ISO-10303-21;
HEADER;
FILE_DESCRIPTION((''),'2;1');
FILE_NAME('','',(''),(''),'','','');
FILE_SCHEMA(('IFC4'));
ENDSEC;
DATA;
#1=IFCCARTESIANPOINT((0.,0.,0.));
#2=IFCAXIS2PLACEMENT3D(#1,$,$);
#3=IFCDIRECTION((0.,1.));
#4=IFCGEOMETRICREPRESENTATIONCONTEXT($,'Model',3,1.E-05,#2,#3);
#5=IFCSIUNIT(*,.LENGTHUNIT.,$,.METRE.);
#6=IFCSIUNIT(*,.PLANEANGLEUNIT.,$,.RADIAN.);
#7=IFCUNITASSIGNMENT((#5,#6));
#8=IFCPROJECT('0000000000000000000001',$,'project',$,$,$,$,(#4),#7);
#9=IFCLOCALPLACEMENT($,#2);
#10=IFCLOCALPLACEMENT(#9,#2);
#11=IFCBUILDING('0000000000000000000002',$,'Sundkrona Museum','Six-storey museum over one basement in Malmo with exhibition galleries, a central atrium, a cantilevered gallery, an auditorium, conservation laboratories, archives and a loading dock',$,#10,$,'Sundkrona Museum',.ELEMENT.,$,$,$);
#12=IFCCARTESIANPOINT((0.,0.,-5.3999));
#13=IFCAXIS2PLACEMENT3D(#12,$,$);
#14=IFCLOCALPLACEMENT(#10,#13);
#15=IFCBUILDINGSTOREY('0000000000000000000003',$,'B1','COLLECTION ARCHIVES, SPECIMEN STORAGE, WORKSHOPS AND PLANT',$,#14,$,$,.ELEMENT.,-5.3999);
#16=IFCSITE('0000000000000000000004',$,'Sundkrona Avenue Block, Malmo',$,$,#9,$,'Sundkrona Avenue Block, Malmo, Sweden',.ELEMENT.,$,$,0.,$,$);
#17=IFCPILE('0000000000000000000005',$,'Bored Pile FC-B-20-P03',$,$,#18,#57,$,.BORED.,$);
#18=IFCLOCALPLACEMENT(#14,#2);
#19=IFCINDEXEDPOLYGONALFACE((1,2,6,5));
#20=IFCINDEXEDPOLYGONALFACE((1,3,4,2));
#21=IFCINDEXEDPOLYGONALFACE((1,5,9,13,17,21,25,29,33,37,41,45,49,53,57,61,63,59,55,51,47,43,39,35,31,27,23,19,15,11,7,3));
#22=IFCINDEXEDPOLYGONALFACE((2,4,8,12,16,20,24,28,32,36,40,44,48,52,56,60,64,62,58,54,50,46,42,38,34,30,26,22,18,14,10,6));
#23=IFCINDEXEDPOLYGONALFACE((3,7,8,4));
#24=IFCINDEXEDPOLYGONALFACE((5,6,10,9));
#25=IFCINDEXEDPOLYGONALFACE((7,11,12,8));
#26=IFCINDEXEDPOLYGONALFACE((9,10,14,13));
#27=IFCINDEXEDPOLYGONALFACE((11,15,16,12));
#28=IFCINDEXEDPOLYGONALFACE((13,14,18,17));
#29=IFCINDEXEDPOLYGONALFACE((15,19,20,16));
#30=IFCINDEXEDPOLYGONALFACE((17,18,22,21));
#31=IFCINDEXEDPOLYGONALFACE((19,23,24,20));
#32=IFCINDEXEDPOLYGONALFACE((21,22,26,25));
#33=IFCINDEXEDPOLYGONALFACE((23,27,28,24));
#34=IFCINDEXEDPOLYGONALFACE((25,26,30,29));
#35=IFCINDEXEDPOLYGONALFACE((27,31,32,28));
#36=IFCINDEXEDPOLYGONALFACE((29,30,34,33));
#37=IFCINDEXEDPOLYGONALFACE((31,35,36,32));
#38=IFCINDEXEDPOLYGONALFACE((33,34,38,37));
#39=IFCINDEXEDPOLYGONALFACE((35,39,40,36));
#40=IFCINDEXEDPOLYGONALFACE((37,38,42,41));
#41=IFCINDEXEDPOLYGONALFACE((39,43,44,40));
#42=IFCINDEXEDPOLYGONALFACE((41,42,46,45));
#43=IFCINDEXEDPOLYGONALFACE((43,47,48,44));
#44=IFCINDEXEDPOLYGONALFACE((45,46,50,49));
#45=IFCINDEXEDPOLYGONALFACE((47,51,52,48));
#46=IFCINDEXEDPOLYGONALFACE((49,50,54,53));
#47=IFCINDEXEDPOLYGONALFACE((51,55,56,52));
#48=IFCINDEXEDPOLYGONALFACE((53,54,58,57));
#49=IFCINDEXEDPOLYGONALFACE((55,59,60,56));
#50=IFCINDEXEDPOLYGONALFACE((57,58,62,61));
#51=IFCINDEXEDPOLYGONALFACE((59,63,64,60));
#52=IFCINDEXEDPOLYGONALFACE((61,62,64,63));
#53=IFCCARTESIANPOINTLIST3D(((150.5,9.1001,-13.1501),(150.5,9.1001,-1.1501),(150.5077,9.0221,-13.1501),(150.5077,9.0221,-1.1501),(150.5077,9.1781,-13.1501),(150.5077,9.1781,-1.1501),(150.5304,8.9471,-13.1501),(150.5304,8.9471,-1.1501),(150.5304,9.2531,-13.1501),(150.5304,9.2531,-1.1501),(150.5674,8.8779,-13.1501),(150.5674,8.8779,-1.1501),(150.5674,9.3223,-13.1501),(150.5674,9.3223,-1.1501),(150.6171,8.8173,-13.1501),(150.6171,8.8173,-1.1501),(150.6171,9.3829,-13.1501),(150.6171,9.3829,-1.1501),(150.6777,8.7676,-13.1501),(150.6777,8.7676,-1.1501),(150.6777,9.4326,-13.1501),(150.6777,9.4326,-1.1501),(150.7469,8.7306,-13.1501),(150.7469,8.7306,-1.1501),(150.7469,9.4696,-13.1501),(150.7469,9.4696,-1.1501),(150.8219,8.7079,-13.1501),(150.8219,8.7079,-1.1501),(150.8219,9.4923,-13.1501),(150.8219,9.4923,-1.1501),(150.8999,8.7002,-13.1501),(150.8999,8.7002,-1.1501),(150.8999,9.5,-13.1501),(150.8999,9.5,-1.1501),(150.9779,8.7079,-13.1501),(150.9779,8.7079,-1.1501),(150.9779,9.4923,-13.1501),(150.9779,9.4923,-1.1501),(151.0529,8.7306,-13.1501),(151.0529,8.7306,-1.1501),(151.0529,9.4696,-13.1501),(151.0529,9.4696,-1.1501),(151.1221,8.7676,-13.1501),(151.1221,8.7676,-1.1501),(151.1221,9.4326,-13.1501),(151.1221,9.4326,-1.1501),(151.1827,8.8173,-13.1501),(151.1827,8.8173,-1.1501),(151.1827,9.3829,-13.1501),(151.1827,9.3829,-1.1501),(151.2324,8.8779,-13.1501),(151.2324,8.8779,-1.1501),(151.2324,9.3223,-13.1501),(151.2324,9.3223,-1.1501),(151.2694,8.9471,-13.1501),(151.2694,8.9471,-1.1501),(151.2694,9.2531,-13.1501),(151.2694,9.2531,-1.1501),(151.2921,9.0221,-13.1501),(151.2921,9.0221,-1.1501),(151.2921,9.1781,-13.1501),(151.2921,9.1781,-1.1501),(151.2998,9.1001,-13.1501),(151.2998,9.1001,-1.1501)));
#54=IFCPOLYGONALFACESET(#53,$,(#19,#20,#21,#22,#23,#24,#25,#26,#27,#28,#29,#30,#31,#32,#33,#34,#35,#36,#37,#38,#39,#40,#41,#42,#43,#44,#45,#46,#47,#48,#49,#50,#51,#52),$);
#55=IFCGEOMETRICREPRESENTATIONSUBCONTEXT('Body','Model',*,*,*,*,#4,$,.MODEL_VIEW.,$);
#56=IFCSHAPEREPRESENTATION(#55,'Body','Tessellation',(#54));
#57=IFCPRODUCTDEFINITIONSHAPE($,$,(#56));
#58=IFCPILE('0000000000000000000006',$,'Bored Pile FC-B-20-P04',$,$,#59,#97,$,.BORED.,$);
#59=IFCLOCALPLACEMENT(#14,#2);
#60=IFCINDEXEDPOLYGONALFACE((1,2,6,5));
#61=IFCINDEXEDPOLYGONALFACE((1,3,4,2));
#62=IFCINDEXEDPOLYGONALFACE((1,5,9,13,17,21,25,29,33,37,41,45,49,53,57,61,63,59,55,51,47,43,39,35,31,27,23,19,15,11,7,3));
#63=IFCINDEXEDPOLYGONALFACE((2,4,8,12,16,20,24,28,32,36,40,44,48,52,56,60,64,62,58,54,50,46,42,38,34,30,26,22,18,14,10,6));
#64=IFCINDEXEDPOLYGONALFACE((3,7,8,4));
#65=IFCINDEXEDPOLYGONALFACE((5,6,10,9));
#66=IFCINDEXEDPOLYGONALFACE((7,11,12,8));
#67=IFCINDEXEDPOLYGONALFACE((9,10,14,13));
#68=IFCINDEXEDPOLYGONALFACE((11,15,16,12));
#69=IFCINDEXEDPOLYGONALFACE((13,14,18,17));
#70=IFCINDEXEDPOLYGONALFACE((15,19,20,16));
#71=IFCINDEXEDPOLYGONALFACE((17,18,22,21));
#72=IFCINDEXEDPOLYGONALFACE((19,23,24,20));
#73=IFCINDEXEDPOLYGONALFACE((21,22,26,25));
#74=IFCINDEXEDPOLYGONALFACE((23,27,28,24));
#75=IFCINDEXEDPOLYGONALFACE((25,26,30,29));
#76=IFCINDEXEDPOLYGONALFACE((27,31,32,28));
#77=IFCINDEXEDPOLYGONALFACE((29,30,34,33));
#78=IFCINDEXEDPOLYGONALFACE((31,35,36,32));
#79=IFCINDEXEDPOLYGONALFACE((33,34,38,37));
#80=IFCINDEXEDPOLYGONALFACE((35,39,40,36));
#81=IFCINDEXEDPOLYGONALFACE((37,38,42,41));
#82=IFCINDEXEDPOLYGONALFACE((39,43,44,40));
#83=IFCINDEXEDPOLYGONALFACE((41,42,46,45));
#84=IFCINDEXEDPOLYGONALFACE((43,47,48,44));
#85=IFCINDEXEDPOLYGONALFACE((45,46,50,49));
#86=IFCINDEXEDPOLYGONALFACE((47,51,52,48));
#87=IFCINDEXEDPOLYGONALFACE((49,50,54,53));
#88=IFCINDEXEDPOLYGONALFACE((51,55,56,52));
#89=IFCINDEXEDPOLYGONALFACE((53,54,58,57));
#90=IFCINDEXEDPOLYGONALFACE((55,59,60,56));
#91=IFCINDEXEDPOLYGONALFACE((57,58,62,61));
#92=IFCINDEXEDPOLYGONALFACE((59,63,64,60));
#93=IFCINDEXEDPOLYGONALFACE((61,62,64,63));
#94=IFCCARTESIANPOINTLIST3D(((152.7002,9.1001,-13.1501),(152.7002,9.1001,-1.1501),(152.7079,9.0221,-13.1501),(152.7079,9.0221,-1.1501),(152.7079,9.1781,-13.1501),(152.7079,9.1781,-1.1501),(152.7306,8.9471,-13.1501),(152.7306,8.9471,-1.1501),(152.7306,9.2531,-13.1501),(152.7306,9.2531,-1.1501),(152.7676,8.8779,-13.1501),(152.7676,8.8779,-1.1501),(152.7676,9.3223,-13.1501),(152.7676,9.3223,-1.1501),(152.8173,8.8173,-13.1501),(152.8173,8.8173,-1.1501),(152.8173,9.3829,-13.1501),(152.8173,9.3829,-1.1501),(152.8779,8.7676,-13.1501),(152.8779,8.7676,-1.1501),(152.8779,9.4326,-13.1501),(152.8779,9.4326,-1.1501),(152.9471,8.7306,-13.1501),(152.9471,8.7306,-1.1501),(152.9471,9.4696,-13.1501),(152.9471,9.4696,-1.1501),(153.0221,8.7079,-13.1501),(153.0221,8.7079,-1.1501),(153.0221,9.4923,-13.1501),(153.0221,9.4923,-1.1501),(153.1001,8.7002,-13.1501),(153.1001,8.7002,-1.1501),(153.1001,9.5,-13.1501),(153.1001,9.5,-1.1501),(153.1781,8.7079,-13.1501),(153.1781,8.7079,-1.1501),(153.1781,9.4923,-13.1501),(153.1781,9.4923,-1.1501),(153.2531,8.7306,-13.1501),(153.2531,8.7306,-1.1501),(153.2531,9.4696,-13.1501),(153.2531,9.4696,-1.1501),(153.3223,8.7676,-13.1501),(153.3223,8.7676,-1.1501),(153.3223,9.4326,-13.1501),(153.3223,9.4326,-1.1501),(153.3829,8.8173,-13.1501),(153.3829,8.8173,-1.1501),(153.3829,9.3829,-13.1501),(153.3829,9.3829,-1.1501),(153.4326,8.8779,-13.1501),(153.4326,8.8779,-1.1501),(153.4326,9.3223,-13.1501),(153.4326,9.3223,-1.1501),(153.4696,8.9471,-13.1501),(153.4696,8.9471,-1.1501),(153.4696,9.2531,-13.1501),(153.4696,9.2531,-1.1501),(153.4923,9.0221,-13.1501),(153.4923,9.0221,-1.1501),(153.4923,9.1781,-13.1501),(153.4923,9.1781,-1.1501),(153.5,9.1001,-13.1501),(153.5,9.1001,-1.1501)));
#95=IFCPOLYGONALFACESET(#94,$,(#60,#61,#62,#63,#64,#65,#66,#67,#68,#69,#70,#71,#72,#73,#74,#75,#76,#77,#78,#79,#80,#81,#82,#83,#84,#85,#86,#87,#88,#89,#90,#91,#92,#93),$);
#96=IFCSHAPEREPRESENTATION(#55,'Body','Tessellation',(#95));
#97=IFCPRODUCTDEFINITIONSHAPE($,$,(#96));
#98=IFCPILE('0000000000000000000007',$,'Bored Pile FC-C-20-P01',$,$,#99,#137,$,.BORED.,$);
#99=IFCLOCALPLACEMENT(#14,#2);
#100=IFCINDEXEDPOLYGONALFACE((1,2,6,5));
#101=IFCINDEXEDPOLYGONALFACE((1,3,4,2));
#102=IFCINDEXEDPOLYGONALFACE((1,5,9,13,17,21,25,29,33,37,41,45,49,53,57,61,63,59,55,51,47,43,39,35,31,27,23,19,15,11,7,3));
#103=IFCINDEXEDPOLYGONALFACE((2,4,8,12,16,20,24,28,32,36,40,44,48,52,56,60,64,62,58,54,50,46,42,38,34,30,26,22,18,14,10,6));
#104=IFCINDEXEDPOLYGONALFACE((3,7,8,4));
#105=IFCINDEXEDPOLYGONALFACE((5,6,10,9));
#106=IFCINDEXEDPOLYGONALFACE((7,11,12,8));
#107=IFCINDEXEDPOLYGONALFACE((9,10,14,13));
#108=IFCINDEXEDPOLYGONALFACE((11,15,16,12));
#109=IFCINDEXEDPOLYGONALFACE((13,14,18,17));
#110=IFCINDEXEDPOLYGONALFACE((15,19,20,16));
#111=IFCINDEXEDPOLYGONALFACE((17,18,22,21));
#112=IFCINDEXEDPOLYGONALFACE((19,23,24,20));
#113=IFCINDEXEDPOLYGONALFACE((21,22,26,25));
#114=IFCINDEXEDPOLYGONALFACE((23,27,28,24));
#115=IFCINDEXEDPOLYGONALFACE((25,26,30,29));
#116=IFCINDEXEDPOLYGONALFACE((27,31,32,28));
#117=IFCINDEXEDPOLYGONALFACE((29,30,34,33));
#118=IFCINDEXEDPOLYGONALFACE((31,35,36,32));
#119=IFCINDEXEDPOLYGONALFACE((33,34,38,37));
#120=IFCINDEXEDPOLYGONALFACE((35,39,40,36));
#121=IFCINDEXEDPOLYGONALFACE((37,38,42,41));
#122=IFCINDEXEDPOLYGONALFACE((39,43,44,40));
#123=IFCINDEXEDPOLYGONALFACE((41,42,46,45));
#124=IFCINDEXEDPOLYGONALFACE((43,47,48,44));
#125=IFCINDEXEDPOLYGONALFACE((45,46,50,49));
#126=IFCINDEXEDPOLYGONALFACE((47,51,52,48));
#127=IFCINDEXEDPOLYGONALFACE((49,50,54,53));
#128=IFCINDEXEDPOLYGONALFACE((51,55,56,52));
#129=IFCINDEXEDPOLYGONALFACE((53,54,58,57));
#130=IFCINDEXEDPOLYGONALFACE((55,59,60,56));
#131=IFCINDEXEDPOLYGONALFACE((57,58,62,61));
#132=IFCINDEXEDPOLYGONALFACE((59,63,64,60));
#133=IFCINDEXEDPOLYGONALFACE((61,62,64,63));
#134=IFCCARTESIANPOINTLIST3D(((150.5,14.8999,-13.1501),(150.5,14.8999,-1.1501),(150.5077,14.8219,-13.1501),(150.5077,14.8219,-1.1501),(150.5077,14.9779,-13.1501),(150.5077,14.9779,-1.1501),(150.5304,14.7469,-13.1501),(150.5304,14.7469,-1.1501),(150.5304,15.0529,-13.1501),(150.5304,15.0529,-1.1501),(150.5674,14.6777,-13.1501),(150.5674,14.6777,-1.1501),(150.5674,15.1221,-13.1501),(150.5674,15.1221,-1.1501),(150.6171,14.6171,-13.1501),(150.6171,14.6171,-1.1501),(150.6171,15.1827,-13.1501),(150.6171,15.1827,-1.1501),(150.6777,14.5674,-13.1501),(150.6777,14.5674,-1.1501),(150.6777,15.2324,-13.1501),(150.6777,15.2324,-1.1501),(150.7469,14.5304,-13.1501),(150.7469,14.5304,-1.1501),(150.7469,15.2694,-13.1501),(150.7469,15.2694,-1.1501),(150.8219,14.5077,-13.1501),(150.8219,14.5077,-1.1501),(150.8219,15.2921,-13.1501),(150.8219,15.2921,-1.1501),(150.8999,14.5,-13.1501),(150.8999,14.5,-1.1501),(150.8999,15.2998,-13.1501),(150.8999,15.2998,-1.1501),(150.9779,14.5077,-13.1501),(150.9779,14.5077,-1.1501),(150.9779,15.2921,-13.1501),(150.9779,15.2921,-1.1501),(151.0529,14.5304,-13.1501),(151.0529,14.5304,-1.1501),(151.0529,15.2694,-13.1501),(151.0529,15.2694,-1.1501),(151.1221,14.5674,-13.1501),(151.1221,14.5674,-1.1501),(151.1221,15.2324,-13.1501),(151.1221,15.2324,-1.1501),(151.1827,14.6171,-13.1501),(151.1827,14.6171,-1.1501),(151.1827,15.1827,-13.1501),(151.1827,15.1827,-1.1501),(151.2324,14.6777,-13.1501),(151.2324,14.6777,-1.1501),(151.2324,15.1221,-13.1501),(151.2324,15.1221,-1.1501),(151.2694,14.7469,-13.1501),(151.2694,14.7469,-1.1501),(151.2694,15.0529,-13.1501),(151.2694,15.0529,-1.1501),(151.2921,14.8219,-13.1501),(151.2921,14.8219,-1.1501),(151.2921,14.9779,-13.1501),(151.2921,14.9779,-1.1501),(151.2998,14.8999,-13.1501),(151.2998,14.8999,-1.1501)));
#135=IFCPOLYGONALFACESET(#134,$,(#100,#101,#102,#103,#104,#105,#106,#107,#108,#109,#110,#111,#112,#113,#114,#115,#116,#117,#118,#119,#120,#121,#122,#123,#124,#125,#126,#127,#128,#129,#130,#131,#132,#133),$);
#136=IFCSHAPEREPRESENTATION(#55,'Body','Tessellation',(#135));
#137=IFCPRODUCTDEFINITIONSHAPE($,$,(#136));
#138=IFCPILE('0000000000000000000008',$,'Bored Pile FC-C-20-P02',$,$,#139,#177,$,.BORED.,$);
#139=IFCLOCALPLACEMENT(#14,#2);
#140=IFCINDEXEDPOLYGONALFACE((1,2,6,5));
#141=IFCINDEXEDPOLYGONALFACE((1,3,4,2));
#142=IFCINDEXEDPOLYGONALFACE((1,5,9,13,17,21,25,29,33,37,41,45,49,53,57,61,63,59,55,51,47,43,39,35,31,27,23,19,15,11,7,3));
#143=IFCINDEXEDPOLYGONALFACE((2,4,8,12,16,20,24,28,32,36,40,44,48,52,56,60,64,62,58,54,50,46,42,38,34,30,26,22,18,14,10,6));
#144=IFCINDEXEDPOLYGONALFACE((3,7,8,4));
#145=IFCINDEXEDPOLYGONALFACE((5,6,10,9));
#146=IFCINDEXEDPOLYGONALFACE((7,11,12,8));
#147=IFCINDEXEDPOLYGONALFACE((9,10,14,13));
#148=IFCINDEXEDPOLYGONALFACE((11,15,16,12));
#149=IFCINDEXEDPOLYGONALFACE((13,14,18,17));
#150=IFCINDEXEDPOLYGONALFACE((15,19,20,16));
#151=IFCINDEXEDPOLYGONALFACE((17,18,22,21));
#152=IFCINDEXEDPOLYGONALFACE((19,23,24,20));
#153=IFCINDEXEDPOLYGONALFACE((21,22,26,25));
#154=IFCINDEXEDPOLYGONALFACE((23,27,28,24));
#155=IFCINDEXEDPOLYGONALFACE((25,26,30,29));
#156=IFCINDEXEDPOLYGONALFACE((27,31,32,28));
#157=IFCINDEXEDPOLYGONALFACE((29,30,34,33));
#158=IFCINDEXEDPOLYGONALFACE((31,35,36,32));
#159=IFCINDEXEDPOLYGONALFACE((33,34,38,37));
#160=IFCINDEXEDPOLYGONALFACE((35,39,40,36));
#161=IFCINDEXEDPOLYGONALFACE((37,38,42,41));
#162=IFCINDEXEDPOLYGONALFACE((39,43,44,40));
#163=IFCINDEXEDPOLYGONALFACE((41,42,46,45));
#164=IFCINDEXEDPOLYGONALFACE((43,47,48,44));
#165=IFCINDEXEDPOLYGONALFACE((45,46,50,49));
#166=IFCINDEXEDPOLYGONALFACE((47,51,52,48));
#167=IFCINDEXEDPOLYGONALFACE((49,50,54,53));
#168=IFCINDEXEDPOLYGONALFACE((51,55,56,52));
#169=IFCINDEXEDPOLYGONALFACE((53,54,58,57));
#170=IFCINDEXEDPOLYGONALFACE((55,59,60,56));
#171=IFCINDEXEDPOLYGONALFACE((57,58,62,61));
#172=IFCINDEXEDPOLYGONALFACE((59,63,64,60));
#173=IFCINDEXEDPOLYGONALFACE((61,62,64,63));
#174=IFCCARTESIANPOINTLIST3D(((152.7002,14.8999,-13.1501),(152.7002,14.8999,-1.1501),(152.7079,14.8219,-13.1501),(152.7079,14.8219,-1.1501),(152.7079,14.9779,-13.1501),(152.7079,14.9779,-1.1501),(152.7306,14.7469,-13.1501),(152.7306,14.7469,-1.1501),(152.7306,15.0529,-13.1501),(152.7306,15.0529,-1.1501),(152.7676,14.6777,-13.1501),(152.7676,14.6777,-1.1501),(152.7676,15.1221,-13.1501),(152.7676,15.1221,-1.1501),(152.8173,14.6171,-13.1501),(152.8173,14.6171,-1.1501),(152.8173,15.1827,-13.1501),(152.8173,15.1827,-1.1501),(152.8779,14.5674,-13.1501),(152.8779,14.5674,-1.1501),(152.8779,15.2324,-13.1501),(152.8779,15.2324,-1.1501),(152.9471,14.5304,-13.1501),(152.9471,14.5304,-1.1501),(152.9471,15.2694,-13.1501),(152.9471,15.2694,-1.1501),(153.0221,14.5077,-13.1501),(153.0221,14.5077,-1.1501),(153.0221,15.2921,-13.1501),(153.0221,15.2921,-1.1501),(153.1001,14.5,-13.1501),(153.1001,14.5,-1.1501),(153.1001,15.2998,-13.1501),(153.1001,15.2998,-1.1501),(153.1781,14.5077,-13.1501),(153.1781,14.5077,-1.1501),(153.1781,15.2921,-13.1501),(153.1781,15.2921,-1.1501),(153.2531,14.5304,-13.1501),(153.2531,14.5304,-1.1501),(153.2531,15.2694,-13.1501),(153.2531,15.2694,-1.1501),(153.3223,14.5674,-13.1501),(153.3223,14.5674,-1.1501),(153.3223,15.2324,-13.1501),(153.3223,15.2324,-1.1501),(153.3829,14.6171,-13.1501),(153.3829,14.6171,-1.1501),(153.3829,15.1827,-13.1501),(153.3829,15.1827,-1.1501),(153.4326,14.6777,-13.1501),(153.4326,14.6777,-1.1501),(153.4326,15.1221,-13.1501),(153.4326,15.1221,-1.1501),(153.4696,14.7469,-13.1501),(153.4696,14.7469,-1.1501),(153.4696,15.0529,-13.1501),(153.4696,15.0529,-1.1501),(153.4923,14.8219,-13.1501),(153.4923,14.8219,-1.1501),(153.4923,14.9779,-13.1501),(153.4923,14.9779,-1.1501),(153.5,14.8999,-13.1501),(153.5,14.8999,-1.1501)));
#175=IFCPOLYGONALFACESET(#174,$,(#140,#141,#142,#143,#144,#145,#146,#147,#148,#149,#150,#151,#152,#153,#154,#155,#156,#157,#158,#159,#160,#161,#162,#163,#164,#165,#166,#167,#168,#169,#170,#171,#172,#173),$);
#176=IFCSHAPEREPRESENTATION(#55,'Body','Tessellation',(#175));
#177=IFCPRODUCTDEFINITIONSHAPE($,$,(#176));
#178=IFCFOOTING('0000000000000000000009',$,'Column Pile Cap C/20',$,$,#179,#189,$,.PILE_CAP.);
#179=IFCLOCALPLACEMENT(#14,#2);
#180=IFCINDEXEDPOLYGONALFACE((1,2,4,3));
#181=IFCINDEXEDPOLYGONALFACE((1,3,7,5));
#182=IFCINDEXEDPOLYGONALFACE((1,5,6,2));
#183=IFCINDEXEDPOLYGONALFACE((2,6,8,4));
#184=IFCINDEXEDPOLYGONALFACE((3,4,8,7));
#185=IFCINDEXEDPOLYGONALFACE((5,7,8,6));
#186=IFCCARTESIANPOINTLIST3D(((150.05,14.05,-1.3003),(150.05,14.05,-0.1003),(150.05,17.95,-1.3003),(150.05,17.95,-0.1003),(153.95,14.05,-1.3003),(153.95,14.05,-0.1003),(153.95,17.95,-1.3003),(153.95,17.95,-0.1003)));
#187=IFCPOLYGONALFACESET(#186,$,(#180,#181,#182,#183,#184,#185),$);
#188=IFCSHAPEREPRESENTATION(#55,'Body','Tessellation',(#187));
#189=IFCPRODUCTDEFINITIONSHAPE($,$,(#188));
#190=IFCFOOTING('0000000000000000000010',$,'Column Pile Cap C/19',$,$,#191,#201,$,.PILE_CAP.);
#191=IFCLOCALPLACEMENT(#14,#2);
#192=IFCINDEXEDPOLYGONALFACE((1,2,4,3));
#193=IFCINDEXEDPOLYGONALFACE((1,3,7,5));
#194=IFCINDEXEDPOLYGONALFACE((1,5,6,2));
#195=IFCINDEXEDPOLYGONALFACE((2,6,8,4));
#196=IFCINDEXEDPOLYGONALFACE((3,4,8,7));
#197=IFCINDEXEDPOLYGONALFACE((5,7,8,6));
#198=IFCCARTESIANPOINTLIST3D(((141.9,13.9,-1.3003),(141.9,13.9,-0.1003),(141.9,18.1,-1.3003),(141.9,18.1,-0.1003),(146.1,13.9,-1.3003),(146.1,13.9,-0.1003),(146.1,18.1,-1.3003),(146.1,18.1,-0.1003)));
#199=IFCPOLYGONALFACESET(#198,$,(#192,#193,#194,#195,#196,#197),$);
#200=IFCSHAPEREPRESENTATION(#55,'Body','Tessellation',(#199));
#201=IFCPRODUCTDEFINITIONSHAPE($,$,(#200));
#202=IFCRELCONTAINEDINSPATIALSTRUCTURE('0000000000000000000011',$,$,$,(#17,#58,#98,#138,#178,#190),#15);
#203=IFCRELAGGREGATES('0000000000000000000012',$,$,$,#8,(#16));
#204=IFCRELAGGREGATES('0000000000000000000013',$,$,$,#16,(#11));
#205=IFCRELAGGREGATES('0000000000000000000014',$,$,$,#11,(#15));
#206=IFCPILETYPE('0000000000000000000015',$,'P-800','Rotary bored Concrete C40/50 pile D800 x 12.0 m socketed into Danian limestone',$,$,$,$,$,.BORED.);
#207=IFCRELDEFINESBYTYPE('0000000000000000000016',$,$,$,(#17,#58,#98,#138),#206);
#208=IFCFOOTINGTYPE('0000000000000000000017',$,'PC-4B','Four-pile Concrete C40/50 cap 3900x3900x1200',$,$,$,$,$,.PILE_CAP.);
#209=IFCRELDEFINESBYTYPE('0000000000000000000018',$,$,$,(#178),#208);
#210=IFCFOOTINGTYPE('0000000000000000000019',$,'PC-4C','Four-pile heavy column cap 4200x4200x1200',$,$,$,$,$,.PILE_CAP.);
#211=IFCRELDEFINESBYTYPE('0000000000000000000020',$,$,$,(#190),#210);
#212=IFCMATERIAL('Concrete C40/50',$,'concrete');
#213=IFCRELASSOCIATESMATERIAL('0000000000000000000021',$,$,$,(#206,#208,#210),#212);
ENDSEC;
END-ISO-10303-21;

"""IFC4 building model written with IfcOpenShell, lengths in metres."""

from ifc_helpers import new_model, si_unit, direction, frame, origin, origin_2d, place, context, subcontext, project, spatial, rectangle, circle, extrude, material, material_profile, profile_set, type_object, element, save


model = new_model("IFC4")

# Units and contexts
model_context = context("Model", 3, precision=1e-05, world=origin(), true_north=direction((0.0, 1.0)))
body_context = subcontext(model_context, "Body", "Model", "MODEL_VIEW")
ifc_project = project(units=[si_unit("LENGTHUNIT", "METRE"), si_unit("PLANEANGLEUNIT", "RADIAN")], contexts=[model_context])

# Site, building, storey
site_placement = place(None, origin())
site = spatial("IfcSite", under=ifc_project, at=site_placement, Name="Sundkrona Avenue Block, Malmo", LongName="Sundkrona Avenue Block, Malmo, Sweden", CompositionType="ELEMENT", RefElevation=0.0)
building_placement = place(site_placement, origin())
building = spatial("IfcBuilding", under=site, at=building_placement, Name="Sundkrona Museum", Description="Six-storey museum over one basement in Malmo with exhibition galleries, a central atrium, a cantilevered gallery, an auditorium, conservation laboratories, archives and a loading dock", LongName="Sundkrona Museum", CompositionType="ELEMENT")
storey_placement = place(building_placement, frame((0.0, 0.0, -5.3999)))
storey = spatial("IfcBuildingStorey", under=building, at=storey_placement, Name="B1", Description="COLLECTION ARCHIVES, SPECIMEN STORAGE, WORKSHOPS AND PLANT", CompositionType="ELEMENT", Elevation=-5.3999)

# Shared definitions
ifc_material_1 = material(Name="Concrete C40/50", Category="concrete")

# Piles
ifc_material_profile_1 = material_profile(ifc_material_1, circle(Radius=0.3999, at=origin_2d()), Name="PILE D800")
ifc_profile_set_1 = profile_set([ifc_material_profile_1], Name="Concrete C40/50")
pile_type = type_object("IfcPileType", Name="P-800", Description="Rotary bored Concrete C40/50 pile D800 x 12.0 m socketed into Danian limestone", PredefinedType="BORED", material=ifc_profile_set_1)
for number, where, z_axis, x_axis, name in (
    (1, (150.8999, 9.1001, -1.1501), (0.0, 0.0, -1.0), (1.0, 0.0, 0.0), "Bored Pile FC-B-20-P03"),
    (2, (153.1001, 9.1001, -1.1501), (0.0, 0.0, -1.0), (1.0, 0.0, 0.0), "Bored Pile FC-B-20-P04"),
    (3, (150.8999, 14.8999, -1.1501), (0.0, 0.0, -1.0), (1.0, 0.0, 0.0), "Bored Pile FC-C-20-P01"),
    (4, (153.1001, 14.8999, -1.1501), (0.0, 0.0, -1.0), (1.0, 0.0, 0.0), "Bored Pile FC-C-20-P02"),
):
    element("IfcPile", number, at=place(storey_placement, frame(where, z_axis=z_axis, x_axis=x_axis)), inside=storey, type_object=pile_type, Name=name, PredefinedType="BORED", context=body_context, shape_type="SweptSolid", body=[
        extrude(circle(Radius=0.3999, at=origin_2d()), origin(), (0.0, 0.0, 1.0), 12.0),
    ])

# Footings
footing_type_1 = type_object("IfcFootingType", Name="PC-4B", Description="Four-pile Concrete C40/50 cap 3900x3900x1200", PredefinedType="PILE_CAP", material=ifc_material_1)
footing_1_placement = place(storey_placement, frame((152.0, 16.0, -1.3003), z_axis=(0.0, 0.0, 1.0), x_axis=(1.0, 0.0, 0.0)))
element("IfcFooting", 5, at=footing_1_placement, inside=storey, type_object=footing_type_1, Name="Column Pile Cap C/20", PredefinedType="PILE_CAP", context=body_context, shape_type="SweptSolid", body=[
    extrude(rectangle(XDim=3.8999, YDim=3.8999, at=origin_2d()), origin(), (0.0, 0.0, 1.0), 1.2),
])
footing_type_2 = type_object("IfcFootingType", Name="PC-4C", Description="Four-pile heavy column cap 4200x4200x1200", PredefinedType="PILE_CAP", material=ifc_material_1)
footing_2_placement = place(storey_placement, frame((144.0, 16.0, -1.3003), z_axis=(0.0, 0.0, 1.0), x_axis=(1.0, 0.0, 0.0)))
element("IfcFooting", 6, at=footing_2_placement, inside=storey, type_object=footing_type_2, Name="Column Pile Cap C/19", PredefinedType="PILE_CAP", context=body_context, shape_type="SweptSolid", body=[
    extrude(rectangle(XDim=4.2, YDim=4.2, at=origin_2d()), origin(), (0.0, 0.0, 1.0), 1.2),
])

save(model, "model.ifc")
